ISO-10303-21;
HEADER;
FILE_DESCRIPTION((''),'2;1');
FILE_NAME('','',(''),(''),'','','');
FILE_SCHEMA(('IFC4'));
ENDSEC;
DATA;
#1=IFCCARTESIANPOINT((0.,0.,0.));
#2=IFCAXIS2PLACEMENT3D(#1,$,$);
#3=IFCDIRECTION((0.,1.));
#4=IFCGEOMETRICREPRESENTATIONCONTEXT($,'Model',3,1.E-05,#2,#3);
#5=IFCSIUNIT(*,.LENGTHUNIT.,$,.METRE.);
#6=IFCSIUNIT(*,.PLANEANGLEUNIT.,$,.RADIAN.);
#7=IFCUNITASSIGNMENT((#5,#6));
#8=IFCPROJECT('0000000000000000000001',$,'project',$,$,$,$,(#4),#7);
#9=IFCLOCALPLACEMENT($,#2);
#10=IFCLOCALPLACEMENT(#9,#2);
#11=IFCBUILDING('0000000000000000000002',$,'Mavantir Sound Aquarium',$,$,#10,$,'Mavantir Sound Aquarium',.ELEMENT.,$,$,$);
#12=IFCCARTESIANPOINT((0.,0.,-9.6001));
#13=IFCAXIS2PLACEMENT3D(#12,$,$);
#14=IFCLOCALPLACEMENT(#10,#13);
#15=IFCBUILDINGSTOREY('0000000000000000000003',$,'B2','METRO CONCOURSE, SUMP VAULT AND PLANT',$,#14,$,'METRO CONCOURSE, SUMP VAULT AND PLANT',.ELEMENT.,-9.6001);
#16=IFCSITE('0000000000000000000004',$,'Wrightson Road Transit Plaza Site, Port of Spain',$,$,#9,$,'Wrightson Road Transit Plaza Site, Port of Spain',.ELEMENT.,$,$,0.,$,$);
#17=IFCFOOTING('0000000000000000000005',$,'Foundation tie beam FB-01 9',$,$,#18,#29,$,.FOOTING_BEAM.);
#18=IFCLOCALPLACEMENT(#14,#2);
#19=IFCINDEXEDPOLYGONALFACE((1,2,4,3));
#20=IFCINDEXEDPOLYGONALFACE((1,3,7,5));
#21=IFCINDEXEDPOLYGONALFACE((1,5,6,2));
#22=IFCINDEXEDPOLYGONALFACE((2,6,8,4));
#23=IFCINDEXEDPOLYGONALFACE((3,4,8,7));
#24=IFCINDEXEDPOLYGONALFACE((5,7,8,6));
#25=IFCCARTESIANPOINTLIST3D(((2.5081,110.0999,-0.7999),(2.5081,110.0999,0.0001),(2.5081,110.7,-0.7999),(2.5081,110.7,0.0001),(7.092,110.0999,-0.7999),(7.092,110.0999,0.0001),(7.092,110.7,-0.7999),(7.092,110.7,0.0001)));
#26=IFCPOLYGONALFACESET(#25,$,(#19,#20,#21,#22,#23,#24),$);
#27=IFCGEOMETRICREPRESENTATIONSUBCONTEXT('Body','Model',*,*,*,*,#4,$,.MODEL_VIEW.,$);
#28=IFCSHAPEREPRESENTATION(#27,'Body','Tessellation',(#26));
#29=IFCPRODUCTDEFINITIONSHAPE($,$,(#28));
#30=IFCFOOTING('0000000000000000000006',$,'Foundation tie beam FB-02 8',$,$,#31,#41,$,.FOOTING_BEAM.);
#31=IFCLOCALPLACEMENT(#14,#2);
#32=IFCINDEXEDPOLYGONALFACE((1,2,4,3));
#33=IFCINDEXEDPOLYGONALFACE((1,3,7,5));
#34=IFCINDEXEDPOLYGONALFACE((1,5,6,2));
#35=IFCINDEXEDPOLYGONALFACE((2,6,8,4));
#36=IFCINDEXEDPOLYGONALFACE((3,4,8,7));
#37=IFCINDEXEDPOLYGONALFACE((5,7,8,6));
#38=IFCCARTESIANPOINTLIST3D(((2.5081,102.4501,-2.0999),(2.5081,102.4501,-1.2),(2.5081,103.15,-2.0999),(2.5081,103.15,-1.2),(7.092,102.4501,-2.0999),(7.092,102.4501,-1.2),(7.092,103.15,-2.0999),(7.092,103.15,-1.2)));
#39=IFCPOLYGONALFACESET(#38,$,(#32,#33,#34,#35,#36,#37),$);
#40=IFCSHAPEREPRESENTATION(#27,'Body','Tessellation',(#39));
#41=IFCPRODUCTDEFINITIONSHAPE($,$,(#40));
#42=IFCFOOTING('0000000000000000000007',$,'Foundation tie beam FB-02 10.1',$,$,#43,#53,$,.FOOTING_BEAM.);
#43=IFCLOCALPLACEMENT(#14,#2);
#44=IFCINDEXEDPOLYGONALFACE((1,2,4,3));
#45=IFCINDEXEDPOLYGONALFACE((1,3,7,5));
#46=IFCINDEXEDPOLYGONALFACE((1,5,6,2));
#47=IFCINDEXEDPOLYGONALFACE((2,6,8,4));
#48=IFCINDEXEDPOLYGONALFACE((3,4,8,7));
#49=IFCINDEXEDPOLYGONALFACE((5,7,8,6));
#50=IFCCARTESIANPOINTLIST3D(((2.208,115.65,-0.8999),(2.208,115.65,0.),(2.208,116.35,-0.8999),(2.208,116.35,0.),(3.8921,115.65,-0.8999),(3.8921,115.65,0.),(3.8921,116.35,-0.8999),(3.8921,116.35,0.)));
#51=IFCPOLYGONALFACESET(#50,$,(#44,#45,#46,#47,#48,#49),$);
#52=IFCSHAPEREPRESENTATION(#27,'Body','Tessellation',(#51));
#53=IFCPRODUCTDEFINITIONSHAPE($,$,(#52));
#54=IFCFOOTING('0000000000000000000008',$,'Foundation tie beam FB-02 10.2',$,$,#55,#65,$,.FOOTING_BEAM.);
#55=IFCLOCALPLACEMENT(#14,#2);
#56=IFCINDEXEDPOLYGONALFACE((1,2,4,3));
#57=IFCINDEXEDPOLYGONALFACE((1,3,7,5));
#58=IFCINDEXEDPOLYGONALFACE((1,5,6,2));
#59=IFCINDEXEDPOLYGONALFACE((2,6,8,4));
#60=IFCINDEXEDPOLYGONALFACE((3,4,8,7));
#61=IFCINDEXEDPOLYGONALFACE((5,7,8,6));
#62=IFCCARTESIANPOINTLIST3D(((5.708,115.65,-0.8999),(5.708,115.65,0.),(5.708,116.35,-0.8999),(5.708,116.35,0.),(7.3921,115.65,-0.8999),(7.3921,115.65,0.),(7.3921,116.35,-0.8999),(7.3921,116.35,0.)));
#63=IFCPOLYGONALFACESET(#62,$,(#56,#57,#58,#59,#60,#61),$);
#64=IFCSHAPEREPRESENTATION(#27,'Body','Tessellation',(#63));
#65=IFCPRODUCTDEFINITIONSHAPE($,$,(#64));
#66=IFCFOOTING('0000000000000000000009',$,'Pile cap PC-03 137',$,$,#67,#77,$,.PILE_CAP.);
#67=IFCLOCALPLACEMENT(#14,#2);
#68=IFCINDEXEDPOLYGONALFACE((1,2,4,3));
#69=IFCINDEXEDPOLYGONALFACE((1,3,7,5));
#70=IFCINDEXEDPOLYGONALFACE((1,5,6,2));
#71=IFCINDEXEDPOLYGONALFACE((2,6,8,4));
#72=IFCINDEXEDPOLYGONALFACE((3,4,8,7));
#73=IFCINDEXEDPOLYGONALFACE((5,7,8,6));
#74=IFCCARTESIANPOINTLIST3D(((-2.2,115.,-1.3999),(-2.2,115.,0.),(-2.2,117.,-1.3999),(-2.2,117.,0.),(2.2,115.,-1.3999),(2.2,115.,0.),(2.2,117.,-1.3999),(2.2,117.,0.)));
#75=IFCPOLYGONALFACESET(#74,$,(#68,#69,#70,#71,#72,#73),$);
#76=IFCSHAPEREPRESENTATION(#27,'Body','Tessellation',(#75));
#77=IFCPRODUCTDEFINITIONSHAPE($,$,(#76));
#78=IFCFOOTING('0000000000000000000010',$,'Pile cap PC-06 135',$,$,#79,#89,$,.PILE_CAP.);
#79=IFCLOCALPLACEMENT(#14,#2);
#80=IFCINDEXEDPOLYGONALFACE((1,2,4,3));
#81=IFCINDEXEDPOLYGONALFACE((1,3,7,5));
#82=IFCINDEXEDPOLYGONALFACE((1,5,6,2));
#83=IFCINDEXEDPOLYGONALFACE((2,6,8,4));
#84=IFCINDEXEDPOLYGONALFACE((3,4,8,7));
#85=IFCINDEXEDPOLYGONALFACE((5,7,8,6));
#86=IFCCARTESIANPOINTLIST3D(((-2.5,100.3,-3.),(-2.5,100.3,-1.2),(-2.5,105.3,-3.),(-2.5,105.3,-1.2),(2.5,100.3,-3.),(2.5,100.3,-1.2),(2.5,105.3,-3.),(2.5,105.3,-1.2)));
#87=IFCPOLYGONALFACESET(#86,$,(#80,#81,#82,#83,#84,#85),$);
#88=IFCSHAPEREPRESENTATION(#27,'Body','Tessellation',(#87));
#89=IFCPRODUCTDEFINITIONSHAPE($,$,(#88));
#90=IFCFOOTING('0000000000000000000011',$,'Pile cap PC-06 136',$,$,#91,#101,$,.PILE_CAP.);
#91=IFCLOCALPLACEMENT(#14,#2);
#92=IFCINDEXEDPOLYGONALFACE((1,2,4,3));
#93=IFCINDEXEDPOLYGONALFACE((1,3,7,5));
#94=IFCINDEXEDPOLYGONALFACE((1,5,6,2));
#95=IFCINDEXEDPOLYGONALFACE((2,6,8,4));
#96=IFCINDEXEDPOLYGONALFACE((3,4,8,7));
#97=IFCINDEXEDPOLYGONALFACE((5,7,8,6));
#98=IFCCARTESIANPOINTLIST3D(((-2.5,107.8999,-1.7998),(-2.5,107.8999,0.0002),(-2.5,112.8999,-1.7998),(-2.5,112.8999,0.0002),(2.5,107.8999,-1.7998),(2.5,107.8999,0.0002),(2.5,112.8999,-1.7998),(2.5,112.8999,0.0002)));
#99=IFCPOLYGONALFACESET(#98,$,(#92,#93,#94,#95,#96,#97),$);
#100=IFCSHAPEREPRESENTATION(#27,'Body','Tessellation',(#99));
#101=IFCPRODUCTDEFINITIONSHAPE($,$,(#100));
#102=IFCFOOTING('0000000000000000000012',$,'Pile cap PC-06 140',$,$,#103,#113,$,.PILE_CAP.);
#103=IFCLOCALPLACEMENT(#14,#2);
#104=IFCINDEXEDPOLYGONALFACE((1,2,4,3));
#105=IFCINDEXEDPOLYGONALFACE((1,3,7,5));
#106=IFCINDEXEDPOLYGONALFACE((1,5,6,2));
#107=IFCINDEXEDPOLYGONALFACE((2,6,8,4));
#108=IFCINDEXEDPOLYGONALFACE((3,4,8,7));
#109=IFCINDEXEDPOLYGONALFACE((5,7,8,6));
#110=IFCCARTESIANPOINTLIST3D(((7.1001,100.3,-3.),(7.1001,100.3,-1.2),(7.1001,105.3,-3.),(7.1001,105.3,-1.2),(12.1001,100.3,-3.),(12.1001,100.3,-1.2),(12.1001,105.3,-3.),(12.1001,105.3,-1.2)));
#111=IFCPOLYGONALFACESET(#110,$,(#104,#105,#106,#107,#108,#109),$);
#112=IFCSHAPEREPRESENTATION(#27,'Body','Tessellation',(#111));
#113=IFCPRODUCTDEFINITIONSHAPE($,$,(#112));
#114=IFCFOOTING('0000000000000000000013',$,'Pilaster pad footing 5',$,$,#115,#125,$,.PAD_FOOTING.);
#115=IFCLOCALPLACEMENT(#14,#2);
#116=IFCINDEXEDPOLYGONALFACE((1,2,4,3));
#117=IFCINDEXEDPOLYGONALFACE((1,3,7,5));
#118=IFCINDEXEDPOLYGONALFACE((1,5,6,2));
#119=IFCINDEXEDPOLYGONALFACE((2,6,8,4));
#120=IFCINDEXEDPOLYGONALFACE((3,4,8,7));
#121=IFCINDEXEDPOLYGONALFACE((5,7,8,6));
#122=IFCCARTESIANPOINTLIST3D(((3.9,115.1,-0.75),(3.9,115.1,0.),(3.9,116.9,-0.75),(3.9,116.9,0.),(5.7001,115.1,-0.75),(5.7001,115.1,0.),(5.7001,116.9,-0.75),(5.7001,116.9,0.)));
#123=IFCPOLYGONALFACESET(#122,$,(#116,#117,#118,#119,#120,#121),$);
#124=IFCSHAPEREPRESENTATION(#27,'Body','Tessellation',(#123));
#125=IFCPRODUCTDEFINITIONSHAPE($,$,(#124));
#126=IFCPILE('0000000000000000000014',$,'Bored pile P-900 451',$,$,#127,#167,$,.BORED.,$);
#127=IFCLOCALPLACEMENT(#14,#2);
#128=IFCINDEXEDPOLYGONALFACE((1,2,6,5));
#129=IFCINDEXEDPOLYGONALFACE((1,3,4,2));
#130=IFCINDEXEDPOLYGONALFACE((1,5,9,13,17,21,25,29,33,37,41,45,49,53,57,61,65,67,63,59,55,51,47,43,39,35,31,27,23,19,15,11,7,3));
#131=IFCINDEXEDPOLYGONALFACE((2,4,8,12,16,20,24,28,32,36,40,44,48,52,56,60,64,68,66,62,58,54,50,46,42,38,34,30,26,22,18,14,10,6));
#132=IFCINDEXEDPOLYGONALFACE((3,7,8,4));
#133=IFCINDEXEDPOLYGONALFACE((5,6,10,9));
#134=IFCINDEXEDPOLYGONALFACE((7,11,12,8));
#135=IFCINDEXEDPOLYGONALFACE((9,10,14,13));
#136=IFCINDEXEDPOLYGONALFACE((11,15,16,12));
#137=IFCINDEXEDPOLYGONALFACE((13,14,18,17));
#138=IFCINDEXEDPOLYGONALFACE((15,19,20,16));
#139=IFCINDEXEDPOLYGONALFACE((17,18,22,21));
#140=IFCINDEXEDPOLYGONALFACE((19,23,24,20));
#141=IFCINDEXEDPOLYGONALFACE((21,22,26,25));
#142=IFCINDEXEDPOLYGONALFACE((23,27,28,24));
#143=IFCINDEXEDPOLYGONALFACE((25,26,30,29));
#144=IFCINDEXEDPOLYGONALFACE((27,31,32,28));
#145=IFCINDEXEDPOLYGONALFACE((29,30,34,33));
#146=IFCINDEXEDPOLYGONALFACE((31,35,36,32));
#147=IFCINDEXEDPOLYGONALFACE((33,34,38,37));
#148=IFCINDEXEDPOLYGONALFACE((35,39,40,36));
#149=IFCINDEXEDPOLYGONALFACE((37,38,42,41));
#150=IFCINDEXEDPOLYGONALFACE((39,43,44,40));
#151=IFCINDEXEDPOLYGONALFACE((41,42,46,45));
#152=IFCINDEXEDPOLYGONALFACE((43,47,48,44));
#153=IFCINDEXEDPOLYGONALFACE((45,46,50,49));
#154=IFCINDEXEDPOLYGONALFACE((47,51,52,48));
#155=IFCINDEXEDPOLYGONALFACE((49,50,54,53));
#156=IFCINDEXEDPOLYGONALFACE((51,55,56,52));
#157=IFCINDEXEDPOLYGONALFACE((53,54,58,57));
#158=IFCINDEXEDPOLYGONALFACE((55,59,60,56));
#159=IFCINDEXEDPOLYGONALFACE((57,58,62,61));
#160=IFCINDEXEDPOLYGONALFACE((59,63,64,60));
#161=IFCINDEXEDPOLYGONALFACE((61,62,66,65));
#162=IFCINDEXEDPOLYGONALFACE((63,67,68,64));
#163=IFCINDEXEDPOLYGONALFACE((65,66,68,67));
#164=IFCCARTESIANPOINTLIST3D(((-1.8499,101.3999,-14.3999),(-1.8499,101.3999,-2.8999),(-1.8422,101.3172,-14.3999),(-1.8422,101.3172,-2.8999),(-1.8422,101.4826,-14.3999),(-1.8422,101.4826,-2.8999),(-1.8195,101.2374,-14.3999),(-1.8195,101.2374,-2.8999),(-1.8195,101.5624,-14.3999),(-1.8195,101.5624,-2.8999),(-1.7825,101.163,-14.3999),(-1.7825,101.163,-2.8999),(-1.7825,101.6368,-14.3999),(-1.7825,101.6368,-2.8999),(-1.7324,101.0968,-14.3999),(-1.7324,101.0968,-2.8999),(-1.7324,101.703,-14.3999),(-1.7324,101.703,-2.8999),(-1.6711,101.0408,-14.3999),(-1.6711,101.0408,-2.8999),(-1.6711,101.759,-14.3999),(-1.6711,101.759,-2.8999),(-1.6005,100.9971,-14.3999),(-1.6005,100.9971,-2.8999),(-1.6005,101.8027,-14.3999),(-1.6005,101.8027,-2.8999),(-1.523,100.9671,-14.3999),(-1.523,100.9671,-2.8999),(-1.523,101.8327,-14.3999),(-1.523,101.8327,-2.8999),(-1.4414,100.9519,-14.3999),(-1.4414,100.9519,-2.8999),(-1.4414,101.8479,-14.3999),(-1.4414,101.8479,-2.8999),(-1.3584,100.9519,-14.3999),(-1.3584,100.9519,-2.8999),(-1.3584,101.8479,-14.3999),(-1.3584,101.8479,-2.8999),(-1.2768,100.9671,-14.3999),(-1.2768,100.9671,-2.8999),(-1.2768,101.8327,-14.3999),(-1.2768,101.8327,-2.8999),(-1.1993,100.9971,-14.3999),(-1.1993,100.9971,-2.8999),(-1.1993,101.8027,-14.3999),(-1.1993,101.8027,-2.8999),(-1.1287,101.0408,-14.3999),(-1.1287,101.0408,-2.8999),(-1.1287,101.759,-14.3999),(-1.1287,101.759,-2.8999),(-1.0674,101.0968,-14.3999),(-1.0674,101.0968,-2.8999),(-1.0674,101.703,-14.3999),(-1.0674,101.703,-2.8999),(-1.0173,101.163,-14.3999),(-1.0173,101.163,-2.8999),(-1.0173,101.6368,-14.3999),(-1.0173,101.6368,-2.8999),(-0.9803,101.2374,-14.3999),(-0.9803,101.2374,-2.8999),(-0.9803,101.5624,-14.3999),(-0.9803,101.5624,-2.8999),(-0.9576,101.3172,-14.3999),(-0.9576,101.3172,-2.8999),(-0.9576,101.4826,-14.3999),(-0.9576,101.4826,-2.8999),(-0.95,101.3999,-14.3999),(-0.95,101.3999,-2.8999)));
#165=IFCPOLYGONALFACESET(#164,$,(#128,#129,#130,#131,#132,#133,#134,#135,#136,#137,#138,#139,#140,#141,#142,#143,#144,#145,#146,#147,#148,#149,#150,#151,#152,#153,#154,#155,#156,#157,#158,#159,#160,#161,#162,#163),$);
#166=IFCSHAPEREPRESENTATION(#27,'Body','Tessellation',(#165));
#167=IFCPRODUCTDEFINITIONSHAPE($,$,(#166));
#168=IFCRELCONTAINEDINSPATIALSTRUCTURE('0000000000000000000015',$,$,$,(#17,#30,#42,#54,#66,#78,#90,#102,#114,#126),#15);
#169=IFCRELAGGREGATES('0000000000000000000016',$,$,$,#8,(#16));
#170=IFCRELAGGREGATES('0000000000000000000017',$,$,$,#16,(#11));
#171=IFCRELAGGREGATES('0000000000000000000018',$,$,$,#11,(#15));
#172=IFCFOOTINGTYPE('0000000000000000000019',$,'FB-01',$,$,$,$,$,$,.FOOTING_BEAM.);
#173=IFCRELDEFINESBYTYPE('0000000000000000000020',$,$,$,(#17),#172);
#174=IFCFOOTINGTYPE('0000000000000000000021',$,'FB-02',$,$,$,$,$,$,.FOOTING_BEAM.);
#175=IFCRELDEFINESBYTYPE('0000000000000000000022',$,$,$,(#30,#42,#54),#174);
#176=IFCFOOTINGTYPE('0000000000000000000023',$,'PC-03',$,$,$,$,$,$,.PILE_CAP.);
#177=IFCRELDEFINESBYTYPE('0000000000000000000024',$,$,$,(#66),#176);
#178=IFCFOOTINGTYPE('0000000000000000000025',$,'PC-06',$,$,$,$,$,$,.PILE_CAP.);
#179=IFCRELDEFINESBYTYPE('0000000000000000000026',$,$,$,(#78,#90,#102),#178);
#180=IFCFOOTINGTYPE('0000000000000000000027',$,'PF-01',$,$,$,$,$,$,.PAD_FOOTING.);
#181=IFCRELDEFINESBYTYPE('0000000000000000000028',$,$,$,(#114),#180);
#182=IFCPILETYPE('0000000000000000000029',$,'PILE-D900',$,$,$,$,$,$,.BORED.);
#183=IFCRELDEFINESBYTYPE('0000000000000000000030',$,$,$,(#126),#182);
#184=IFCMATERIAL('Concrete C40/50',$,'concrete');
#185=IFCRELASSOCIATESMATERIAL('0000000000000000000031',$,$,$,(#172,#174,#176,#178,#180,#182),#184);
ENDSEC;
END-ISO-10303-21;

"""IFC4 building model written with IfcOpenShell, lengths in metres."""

from ifc_helpers import new_model, si_unit, direction, frame, origin, origin_2d, place, context, subcontext, project, spatial, rectangle, circle, extrude, material, material_profile, profile_set, type_object, element, save


model = new_model("IFC4")

# Units and contexts
model_context = context("Model", 3, precision=1e-05, world=origin(), true_north=direction((0.0, 1.0)))
body_context = subcontext(model_context, "Body", "Model", "MODEL_VIEW")
ifc_project = project(units=[si_unit("LENGTHUNIT", "METRE"), si_unit("PLANEANGLEUNIT", "RADIAN")], contexts=[model_context])

# Site, building, storey
site_placement = place(None, origin())
site = spatial("IfcSite", under=ifc_project, at=site_placement, Name="Wrightson Road Transit Plaza Site, Port of Spain", LongName="Wrightson Road Transit Plaza Site, Port of Spain", CompositionType="ELEMENT", RefElevation=0.0)
building_placement = place(site_placement, origin())
building = spatial("IfcBuilding", under=site, at=building_placement, Name="Mavantir Sound Aquarium", LongName="Mavantir Sound Aquarium", CompositionType="ELEMENT")
storey_placement = place(building_placement, frame((0.0, 0.0, -9.6001)))
storey = spatial("IfcBuildingStorey", under=building, at=storey_placement, Name="B2", Description="METRO CONCOURSE, SUMP VAULT AND PLANT", LongName="METRO CONCOURSE, SUMP VAULT AND PLANT", CompositionType="ELEMENT", Elevation=-9.6001)

# Footings
ifc_material_1 = material(Name="Concrete C40/50", Category="concrete")
ifc_material_profile_1 = material_profile(ifc_material_1, rectangle(XDim=0.6001, YDim=0.8, at=origin_2d()), Name="RC 600X800")
ifc_profile_set_1 = profile_set([ifc_material_profile_1], Name="Concrete C40/50")
footing_type_1 = type_object("IfcFootingType", Name="FB-01", PredefinedType="FOOTING_BEAM", material=ifc_profile_set_1)
footing_1_placement = place(storey_placement, frame((2.5081, 110.3999, -0.3999), z_axis=(1.0, 0.0, 0.0), x_axis=(0.0, 1.0, 0.0)))
element("IfcFooting", 1, at=footing_1_placement, inside=storey, type_object=footing_type_1, Name="Foundation tie beam FB-01 9", PredefinedType="FOOTING_BEAM", context=body_context, shape_type="SweptSolid", body=[
    extrude(rectangle(XDim=0.6001, YDim=0.8, at=origin_2d()), origin(), (0.0, 0.0, 1.0), 4.584),
])
ifc_material_profile_2 = material_profile(ifc_material_1, rectangle(XDim=0.7, YDim=0.8999, at=origin_2d()), Name="RC 700X900")
ifc_profile_set_2 = profile_set([ifc_material_profile_2], Name="Concrete C40/50")
footing_type_2 = type_object("IfcFootingType", Name="FB-02", PredefinedType="FOOTING_BEAM", material=ifc_profile_set_2)
footing_2_placement = place(storey_placement, frame((2.5081, 102.8, -1.6499), z_axis=(1.0, 0.0, 0.0), x_axis=(0.0, 1.0, 0.0)))
element("IfcFooting", 2, at=footing_2_placement, inside=storey, type_object=footing_type_2, Name="Foundation tie beam FB-02 8", PredefinedType="FOOTING_BEAM", context=body_context, shape_type="SweptSolid", body=[
    extrude(rectangle(XDim=0.7, YDim=0.8999, at=origin_2d()), origin(), (0.0, 0.0, 1.0), 4.584),
])
for number, where, z_axis, x_axis, name in (
    (3, (2.208, 116.0, -0.45), (1.0, 0.0, 0.0), (0.0, 1.0, 0.0), "Foundation tie beam FB-02 10.1"),
    (4, (5.708, 116.0, -0.45), (1.0, 0.0, 0.0), (0.0, 1.0, 0.0), "Foundation tie beam FB-02 10.2"),
):
    element("IfcFooting", number, at=place(storey_placement, frame(where, z_axis=z_axis, x_axis=x_axis)), inside=storey, type_object=footing_type_2, Name=name, PredefinedType="FOOTING_BEAM", context=body_context, shape_type="SweptSolid", body=[
        extrude(rectangle(XDim=0.7, YDim=0.8999, at=origin_2d()), origin(), (0.0, 0.0, 1.0), 1.6841),
    ])
footing_type_3 = type_object("IfcFootingType", Name="PC-03", PredefinedType="PILE_CAP", material=ifc_material_1)
footing_3_placement = place(storey_placement, frame((0.0, 116.0, -1.3999), z_axis=(0.0, 0.0, 1.0), x_axis=(1.0, 0.0, 0.0)))
element("IfcFooting", 5, at=footing_3_placement, inside=storey, type_object=footing_type_3, Name="Pile cap PC-03 137", PredefinedType="PILE_CAP", context=body_context, shape_type="SweptSolid", body=[
    extrude(rectangle(XDim=4.3999, YDim=2.0, at=origin_2d()), origin(), (0.0, 0.0, 1.0), 1.3999),
])
footing_type_4 = type_object("IfcFootingType", Name="PC-06", PredefinedType="PILE_CAP", material=ifc_material_1)
for number, where, z_axis, x_axis, name in (
    (6, (0.0, 102.8, -3.0), (0.0, 0.0, 1.0), (1.0, 0.0, 0.0), "Pile cap PC-06 135"),
    (7, (0.0, 110.3999, -1.7998), (0.0, 0.0, 1.0), (1.0, 0.0, 0.0), "Pile cap PC-06 136"),
    (8, (9.6001, 102.8, -3.0), (0.0, 0.0, 1.0), (1.0, 0.0, 0.0), "Pile cap PC-06 140"),
):
    element("IfcFooting", number, at=place(storey_placement, frame(where, z_axis=z_axis, x_axis=x_axis)), inside=storey, type_object=footing_type_4, Name=name, PredefinedType="PILE_CAP", context=body_context, shape_type="SweptSolid", body=[
        extrude(rectangle(XDim=5.0, YDim=5.0, at=origin_2d()), origin(), (0.0, 0.0, 1.0), 1.8),
    ])
footing_type_5 = type_object("IfcFootingType", Name="PF-01", PredefinedType="PAD_FOOTING", material=ifc_material_1)
footing_4_placement = place(storey_placement, frame((4.8, 116.0, -0.75), z_axis=(0.0, 0.0, 1.0), x_axis=(1.0, 0.0, 0.0)))
element("IfcFooting", 9, at=footing_4_placement, inside=storey, type_object=footing_type_5, Name="Pilaster pad footing 5", PredefinedType="PAD_FOOTING", context=body_context, shape_type="SweptSolid", body=[
    extrude(rectangle(XDim=1.8, YDim=1.8, at=origin_2d()), origin(), (0.0, 0.0, 1.0), 0.75),
])

# Pile
ifc_material_profile_3 = material_profile(ifc_material_1, circle(Radius=0.45, at=origin_2d()), Name="PILE D900")
ifc_profile_set_3 = profile_set([ifc_material_profile_3], Name="Concrete C40/50")
pile_type = type_object("IfcPileType", Name="PILE-D900", PredefinedType="BORED", material=ifc_profile_set_3)
for number, where, z_axis, x_axis, name in (
    (10, (-1.3999, 101.3999, -2.8999), (0.0, 0.0, -1.0), (1.0, 0.0, 0.0), "Bored pile P-900 451"),
):
    element("IfcPile", number, at=place(storey_placement, frame(where, z_axis=z_axis, x_axis=x_axis)), inside=storey, type_object=pile_type, Name=name, PredefinedType="BORED", context=body_context, shape_type="SweptSolid", body=[
        extrude(circle(Radius=0.45, at=origin_2d()), origin(), (0.0, 0.0, 1.0), 11.5),
    ])

save(model, "model.ifc")
